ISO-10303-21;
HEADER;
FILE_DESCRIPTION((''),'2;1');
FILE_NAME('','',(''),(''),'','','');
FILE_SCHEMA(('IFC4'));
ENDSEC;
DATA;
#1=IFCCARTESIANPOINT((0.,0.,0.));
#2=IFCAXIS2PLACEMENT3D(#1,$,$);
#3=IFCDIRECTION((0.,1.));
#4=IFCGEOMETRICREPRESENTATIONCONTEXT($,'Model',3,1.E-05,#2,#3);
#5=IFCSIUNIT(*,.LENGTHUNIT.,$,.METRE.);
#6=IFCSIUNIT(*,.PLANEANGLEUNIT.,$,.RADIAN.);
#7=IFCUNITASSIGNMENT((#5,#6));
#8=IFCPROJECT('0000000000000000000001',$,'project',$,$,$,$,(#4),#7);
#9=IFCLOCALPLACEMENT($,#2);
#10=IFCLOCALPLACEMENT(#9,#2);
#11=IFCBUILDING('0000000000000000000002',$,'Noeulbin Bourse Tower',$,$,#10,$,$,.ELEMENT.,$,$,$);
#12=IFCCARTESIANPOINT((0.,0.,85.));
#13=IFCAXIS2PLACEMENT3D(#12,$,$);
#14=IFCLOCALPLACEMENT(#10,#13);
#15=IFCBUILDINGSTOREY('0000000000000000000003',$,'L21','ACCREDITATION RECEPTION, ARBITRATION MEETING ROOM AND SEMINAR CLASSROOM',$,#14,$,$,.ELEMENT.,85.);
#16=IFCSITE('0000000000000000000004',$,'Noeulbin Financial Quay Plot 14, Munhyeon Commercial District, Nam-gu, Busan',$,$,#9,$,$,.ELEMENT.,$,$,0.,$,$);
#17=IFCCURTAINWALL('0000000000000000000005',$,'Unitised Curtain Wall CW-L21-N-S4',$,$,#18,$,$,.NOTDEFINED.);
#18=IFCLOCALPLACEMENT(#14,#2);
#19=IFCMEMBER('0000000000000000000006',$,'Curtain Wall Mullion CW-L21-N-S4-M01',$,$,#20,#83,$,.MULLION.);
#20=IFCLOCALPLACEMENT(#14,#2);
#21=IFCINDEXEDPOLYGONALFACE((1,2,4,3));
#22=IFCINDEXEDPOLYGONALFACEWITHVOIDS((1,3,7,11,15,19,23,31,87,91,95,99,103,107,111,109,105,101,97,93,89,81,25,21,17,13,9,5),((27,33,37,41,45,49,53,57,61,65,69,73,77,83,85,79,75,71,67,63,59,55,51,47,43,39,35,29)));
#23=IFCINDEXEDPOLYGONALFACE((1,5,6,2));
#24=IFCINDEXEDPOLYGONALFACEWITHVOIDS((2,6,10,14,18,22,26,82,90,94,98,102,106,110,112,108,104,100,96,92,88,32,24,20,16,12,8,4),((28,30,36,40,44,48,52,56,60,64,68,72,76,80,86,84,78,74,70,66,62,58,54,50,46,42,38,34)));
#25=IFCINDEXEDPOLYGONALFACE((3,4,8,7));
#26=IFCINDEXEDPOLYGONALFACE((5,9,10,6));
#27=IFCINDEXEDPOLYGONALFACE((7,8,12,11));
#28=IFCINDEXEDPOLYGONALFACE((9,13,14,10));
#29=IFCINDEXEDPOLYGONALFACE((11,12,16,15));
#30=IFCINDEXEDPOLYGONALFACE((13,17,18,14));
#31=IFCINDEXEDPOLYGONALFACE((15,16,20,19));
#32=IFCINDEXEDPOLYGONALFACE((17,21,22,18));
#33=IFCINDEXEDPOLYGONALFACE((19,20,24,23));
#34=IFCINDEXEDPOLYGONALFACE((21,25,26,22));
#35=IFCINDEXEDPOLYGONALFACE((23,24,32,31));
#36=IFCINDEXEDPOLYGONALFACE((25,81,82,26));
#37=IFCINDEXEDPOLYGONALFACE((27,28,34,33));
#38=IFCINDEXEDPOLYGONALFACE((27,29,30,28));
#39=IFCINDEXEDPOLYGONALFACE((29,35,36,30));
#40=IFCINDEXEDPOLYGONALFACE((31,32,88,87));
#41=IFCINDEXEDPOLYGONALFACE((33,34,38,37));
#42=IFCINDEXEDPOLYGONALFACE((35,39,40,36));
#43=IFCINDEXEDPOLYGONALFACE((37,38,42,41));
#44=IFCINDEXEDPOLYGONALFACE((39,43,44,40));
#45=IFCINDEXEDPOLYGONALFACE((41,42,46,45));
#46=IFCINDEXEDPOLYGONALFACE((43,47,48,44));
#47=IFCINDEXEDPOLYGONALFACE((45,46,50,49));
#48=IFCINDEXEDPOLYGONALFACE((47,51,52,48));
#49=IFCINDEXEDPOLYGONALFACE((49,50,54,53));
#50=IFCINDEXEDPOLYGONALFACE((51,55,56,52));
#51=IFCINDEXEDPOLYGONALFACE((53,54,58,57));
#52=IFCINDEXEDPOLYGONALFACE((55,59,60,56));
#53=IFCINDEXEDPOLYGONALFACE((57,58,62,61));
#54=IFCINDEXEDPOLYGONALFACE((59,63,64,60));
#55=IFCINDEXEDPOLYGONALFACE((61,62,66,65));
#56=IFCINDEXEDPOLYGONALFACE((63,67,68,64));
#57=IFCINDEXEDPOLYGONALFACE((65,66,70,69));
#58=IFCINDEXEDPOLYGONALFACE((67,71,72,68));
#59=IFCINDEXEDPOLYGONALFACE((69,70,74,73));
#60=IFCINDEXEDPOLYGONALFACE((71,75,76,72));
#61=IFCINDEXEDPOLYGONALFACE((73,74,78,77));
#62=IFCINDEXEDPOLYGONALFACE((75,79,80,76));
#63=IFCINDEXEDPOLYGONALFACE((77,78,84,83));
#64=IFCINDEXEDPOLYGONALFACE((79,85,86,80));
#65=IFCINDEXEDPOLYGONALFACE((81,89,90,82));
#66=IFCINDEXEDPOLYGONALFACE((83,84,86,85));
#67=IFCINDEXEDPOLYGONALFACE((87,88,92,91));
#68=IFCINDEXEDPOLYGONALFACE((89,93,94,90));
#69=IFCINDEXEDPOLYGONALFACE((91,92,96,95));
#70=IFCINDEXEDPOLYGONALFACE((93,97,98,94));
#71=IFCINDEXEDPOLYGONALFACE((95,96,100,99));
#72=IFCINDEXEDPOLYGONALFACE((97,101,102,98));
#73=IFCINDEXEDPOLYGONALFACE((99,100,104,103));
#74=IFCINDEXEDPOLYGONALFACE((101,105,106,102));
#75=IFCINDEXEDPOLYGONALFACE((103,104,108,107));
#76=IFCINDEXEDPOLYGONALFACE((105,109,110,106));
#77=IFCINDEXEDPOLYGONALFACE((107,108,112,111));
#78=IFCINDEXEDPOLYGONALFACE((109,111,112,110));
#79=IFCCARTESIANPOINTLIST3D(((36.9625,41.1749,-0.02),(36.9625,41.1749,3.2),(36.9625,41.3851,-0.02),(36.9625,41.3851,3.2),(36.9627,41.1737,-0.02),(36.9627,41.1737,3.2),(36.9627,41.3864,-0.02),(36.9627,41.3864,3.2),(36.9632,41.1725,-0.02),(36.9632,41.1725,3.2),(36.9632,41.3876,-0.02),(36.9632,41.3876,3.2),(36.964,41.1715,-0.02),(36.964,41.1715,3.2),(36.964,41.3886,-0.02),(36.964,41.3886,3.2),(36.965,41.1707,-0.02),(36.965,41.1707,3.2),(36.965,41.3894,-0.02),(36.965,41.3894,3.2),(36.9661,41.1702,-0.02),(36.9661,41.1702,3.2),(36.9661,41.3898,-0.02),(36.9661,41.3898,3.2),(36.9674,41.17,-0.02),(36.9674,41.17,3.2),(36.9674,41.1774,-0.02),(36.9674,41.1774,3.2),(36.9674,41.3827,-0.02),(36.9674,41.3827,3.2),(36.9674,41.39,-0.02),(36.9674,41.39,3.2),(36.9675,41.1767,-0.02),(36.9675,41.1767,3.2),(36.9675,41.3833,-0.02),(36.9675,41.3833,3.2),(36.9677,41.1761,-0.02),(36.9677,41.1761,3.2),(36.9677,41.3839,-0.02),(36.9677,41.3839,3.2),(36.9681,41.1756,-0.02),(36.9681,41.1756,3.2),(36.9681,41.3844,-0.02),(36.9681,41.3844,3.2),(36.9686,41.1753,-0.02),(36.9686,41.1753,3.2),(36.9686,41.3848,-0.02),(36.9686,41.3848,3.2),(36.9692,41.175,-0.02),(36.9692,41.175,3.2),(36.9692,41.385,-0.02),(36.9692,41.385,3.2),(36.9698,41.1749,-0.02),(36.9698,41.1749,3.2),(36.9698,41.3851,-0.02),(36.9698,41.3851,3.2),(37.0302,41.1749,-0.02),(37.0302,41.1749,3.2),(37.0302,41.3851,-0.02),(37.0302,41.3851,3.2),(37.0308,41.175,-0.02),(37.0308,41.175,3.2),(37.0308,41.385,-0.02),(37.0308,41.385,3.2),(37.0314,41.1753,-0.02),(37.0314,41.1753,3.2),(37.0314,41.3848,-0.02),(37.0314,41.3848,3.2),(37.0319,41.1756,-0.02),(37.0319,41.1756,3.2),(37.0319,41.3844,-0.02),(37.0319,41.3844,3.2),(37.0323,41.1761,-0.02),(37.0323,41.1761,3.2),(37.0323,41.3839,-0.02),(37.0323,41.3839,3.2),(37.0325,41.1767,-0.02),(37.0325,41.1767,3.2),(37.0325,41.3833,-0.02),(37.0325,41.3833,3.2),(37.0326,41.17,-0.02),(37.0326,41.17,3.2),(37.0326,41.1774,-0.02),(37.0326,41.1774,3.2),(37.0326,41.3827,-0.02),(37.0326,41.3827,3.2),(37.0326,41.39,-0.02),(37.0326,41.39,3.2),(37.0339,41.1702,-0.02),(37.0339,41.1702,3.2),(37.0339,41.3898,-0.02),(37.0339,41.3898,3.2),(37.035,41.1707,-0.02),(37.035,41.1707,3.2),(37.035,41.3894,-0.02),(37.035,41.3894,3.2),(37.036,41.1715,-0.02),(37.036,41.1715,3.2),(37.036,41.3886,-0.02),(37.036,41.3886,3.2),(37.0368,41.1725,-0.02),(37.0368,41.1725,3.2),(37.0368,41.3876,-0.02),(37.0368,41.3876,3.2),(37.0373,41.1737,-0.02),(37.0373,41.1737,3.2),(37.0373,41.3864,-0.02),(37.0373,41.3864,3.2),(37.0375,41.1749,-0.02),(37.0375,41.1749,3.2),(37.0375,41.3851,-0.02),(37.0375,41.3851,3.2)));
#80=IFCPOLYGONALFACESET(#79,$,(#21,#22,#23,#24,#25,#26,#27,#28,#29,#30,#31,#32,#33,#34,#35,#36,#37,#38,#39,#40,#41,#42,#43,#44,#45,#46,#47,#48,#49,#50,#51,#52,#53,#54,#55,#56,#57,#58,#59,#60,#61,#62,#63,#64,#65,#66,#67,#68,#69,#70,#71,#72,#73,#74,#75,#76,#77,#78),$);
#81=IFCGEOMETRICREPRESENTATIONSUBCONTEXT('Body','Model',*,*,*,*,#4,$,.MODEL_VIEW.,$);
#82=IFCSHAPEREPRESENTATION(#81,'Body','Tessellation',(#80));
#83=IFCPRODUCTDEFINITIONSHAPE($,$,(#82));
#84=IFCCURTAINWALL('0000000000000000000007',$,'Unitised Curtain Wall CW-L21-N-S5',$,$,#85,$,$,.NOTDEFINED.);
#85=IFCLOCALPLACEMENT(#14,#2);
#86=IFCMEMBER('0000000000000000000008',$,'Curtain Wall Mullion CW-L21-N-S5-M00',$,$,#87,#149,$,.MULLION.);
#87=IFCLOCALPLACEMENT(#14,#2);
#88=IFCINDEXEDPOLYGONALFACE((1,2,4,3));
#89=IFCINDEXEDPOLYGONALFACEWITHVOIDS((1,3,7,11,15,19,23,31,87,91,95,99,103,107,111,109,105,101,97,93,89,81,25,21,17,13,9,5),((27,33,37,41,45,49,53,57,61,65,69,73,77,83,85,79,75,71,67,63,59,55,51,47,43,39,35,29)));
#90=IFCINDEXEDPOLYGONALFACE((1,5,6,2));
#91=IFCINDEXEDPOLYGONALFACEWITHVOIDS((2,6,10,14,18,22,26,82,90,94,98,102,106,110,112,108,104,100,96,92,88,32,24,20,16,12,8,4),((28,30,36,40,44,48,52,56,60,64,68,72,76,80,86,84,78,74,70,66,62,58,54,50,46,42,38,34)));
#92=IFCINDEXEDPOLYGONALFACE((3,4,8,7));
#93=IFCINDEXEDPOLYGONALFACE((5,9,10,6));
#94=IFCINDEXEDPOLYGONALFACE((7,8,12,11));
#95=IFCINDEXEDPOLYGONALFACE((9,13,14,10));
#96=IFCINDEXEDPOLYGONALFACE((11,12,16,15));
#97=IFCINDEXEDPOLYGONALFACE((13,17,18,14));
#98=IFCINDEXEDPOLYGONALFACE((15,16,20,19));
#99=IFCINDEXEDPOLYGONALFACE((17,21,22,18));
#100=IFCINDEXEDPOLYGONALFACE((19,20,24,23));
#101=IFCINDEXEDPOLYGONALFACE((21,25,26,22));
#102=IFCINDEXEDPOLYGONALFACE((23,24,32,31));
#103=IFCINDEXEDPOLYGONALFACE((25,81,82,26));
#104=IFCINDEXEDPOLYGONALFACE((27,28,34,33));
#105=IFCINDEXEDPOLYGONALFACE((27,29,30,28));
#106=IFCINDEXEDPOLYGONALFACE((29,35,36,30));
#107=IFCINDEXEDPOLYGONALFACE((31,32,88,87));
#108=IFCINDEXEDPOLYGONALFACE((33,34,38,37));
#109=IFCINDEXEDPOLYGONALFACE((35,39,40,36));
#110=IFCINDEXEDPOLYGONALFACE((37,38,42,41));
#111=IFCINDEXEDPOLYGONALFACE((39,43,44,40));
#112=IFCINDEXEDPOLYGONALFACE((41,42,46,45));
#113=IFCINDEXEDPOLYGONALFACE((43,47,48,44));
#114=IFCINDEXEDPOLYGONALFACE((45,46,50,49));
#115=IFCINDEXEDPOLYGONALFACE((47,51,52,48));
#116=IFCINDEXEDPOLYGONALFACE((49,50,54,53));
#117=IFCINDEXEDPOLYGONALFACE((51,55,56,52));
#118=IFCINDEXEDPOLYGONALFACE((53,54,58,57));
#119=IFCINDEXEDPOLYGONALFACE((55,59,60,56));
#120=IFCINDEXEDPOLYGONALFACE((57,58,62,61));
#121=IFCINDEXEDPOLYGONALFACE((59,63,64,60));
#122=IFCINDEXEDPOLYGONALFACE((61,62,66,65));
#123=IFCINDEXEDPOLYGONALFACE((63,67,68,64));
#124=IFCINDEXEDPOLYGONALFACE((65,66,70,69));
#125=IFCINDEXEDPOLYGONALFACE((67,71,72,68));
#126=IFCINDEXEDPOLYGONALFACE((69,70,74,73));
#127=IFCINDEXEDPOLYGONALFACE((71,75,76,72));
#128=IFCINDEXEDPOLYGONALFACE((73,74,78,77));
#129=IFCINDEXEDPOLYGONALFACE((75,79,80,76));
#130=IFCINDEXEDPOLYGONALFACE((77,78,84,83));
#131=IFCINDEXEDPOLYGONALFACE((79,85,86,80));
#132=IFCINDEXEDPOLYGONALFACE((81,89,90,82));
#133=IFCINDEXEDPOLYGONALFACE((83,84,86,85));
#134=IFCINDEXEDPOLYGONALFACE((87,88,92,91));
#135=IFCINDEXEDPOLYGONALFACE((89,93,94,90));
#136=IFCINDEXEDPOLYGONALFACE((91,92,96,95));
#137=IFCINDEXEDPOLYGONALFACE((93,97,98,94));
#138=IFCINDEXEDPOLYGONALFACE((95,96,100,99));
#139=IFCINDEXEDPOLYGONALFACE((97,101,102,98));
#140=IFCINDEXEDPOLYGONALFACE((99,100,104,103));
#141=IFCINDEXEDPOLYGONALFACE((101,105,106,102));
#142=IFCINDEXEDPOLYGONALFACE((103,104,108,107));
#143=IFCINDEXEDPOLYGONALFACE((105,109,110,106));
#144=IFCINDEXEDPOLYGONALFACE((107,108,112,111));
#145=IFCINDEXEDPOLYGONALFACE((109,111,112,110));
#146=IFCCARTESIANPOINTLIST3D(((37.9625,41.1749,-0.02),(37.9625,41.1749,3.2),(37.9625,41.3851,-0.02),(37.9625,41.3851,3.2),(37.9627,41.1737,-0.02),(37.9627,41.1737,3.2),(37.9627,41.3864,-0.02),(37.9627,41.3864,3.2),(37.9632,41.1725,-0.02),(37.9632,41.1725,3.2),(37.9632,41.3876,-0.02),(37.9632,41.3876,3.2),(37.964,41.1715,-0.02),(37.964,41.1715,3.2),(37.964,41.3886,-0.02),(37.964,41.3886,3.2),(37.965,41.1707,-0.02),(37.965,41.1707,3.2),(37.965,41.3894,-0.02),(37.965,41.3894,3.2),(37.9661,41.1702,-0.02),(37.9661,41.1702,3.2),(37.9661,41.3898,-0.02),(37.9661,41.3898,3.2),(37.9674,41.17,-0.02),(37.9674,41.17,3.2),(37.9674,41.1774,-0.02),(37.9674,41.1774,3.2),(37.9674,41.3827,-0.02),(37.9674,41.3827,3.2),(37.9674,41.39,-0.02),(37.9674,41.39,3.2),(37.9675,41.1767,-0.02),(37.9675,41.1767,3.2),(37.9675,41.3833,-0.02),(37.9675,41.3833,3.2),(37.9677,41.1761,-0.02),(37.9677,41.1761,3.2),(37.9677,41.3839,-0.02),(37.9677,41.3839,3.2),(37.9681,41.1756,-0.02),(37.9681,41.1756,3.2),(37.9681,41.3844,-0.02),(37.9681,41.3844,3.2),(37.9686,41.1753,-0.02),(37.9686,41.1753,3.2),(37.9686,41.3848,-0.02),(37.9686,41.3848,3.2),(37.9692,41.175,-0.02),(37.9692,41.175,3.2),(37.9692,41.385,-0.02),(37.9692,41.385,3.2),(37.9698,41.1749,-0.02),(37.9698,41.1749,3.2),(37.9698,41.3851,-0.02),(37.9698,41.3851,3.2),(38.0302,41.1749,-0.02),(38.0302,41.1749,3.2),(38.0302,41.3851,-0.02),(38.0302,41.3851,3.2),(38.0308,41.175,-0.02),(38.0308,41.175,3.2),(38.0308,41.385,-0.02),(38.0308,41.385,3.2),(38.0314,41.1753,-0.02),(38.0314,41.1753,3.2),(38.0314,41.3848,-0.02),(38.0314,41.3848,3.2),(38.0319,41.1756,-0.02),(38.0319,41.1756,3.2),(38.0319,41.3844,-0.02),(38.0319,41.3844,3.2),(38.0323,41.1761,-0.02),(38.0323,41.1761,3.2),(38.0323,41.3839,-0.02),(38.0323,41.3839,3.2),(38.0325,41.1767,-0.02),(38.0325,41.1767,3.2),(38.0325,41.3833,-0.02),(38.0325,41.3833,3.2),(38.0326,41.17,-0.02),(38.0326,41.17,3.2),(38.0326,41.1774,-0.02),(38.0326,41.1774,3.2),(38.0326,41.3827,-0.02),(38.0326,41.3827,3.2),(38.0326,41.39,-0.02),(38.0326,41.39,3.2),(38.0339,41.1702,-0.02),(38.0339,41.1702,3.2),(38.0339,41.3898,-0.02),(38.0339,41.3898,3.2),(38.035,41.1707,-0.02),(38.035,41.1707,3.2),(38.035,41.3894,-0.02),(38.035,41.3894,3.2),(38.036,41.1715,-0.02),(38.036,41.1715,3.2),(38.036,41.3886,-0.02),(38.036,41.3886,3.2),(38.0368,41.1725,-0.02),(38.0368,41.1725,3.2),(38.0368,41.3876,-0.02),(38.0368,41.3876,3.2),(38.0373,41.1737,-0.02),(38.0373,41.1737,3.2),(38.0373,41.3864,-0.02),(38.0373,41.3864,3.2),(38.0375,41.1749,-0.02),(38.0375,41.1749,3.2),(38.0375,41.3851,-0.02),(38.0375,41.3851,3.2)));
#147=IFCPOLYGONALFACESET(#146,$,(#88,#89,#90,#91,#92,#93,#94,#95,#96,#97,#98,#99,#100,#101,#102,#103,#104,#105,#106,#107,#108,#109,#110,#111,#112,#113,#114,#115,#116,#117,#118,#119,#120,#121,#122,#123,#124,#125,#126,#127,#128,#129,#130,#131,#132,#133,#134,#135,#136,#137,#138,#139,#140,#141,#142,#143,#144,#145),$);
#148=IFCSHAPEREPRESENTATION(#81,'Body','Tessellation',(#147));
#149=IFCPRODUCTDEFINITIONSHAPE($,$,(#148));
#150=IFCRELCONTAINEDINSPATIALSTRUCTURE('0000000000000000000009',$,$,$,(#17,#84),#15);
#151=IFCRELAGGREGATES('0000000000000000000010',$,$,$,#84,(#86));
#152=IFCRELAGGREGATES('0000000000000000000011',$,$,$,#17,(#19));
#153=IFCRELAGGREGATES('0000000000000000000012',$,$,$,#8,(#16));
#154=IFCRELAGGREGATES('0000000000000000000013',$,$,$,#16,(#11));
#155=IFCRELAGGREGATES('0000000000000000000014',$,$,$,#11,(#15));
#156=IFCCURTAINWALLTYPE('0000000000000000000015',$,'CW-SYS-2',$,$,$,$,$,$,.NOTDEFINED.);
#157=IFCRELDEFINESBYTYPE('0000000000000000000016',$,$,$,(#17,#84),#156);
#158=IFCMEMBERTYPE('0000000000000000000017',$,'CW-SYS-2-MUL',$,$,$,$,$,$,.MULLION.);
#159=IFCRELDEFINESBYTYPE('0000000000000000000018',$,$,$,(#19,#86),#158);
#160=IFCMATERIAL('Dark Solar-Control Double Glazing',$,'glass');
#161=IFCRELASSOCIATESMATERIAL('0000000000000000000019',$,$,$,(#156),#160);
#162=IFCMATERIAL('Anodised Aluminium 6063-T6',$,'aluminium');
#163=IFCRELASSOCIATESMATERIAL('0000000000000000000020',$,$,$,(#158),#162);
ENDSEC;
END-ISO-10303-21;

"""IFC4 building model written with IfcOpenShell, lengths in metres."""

from ifc_helpers import new_model, si_unit, direction, frame, origin, origin_2d, place, context, subcontext, project, spatial, hollow_rectangle, extrude, material, material_profile, profile_set, type_object, element, aggregate, save


model = new_model("IFC4")

# Units and contexts
model_context = context("Model", 3, precision=1e-05, world=origin(), true_north=direction((0.0, 1.0)))
body_context = subcontext(model_context, "Body", "Model", "MODEL_VIEW")
ifc_project = project(units=[si_unit("LENGTHUNIT", "METRE"), si_unit("PLANEANGLEUNIT", "RADIAN")], contexts=[model_context])

# Site, building, storey
site_placement = place(None, origin())
site = spatial("IfcSite", under=ifc_project, at=site_placement, Name="Noeulbin Financial Quay Plot 14, Munhyeon Commercial District, Nam-gu, Busan", CompositionType="ELEMENT", RefElevation=0.0)
building_placement = place(site_placement, origin())
building = spatial("IfcBuilding", under=site, at=building_placement, Name="Noeulbin Bourse Tower", CompositionType="ELEMENT")
storey_placement = place(building_placement, frame((0.0, 0.0, 85.0)))
storey = spatial("IfcBuildingStorey", under=building, at=storey_placement, Name="L21", Description="ACCREDITATION RECEPTION, ARBITRATION MEETING ROOM AND SEMINAR CLASSROOM", CompositionType="ELEMENT", Elevation=85.0)

# Shared definitions
ifc_material_1 = material(Name="Dark Solar-Control Double Glazing", Category="glass")
curtain_wall_type = type_object("IfcCurtainWallType", Name="CW-SYS-2", PredefinedType="NOTDEFINED", material=ifc_material_1)
ifc_material_2 = material(Name="Anodised Aluminium 6063-T6", Category="aluminium")
ifc_material_profile_1 = material_profile(ifc_material_2, hollow_rectangle(XDim=0.075, YDim=0.22, WallThickness=0.0049, InnerFilletRadius=0.0024, OuterFilletRadius=0.0049, at=origin_2d()), Name="ALU-MULL-75x220x5", Category="LoadBearing")
ifc_profile_set_1 = profile_set([ifc_material_profile_1], Name="Anodised Aluminium 6063-T6")
member_type_1 = type_object("IfcMemberType", Name="CW-SYS-2-MUL", PredefinedType="MULLION", material=ifc_profile_set_1)

# Curtain wall, member
curtain_wall_1_placement = place(storey_placement, origin())
curtain_wall_1 = element("IfcCurtainWall", 1, at=curtain_wall_1_placement, inside=storey, type_object=curtain_wall_type, Name="Unitised Curtain Wall CW-L21-N-S4", PredefinedType="NOTDEFINED")
member_1_placement = place(storey_placement, frame((37.0, 41.28, -0.02), z_axis=(0.0, 0.0, 1.0), x_axis=(1.0, 0.0, 0.0)))
member_1 = element("IfcMember", 2, at=member_1_placement, type_object=member_type_1, Name="Curtain Wall Mullion CW-L21-N-S4-M01", PredefinedType="MULLION", context=body_context, shape_type="SweptSolid", body=[
    extrude(hollow_rectangle(XDim=0.075, YDim=0.22, WallThickness=0.0049, InnerFilletRadius=0.0024, OuterFilletRadius=0.0049, at=origin_2d()), origin(), (0.0, 0.0, 1.0), 3.22),
])

# Curtain wall, member
curtain_wall_2_placement = place(storey_placement, origin())
curtain_wall_2 = element("IfcCurtainWall", 3, at=curtain_wall_2_placement, inside=storey, type_object=curtain_wall_type, Name="Unitised Curtain Wall CW-L21-N-S5", PredefinedType="NOTDEFINED")
member_2_placement = place(storey_placement, frame((38.0, 41.28, -0.02), z_axis=(0.0, 0.0, 1.0), x_axis=(1.0, 0.0, 0.0)))
member_2 = element("IfcMember", 4, at=member_2_placement, type_object=member_type_1, Name="Curtain Wall Mullion CW-L21-N-S5-M00", PredefinedType="MULLION", context=body_context, shape_type="SweptSolid", body=[
    extrude(hollow_rectangle(XDim=0.075, YDim=0.22, WallThickness=0.0049, InnerFilletRadius=0.0024, OuterFilletRadius=0.0049, at=origin_2d()), origin(), (0.0, 0.0, 1.0), 3.22),
])

aggregate(curtain_wall_2, [member_2])

aggregate(curtain_wall_1, [member_1])

save(model, "model.ifc")
